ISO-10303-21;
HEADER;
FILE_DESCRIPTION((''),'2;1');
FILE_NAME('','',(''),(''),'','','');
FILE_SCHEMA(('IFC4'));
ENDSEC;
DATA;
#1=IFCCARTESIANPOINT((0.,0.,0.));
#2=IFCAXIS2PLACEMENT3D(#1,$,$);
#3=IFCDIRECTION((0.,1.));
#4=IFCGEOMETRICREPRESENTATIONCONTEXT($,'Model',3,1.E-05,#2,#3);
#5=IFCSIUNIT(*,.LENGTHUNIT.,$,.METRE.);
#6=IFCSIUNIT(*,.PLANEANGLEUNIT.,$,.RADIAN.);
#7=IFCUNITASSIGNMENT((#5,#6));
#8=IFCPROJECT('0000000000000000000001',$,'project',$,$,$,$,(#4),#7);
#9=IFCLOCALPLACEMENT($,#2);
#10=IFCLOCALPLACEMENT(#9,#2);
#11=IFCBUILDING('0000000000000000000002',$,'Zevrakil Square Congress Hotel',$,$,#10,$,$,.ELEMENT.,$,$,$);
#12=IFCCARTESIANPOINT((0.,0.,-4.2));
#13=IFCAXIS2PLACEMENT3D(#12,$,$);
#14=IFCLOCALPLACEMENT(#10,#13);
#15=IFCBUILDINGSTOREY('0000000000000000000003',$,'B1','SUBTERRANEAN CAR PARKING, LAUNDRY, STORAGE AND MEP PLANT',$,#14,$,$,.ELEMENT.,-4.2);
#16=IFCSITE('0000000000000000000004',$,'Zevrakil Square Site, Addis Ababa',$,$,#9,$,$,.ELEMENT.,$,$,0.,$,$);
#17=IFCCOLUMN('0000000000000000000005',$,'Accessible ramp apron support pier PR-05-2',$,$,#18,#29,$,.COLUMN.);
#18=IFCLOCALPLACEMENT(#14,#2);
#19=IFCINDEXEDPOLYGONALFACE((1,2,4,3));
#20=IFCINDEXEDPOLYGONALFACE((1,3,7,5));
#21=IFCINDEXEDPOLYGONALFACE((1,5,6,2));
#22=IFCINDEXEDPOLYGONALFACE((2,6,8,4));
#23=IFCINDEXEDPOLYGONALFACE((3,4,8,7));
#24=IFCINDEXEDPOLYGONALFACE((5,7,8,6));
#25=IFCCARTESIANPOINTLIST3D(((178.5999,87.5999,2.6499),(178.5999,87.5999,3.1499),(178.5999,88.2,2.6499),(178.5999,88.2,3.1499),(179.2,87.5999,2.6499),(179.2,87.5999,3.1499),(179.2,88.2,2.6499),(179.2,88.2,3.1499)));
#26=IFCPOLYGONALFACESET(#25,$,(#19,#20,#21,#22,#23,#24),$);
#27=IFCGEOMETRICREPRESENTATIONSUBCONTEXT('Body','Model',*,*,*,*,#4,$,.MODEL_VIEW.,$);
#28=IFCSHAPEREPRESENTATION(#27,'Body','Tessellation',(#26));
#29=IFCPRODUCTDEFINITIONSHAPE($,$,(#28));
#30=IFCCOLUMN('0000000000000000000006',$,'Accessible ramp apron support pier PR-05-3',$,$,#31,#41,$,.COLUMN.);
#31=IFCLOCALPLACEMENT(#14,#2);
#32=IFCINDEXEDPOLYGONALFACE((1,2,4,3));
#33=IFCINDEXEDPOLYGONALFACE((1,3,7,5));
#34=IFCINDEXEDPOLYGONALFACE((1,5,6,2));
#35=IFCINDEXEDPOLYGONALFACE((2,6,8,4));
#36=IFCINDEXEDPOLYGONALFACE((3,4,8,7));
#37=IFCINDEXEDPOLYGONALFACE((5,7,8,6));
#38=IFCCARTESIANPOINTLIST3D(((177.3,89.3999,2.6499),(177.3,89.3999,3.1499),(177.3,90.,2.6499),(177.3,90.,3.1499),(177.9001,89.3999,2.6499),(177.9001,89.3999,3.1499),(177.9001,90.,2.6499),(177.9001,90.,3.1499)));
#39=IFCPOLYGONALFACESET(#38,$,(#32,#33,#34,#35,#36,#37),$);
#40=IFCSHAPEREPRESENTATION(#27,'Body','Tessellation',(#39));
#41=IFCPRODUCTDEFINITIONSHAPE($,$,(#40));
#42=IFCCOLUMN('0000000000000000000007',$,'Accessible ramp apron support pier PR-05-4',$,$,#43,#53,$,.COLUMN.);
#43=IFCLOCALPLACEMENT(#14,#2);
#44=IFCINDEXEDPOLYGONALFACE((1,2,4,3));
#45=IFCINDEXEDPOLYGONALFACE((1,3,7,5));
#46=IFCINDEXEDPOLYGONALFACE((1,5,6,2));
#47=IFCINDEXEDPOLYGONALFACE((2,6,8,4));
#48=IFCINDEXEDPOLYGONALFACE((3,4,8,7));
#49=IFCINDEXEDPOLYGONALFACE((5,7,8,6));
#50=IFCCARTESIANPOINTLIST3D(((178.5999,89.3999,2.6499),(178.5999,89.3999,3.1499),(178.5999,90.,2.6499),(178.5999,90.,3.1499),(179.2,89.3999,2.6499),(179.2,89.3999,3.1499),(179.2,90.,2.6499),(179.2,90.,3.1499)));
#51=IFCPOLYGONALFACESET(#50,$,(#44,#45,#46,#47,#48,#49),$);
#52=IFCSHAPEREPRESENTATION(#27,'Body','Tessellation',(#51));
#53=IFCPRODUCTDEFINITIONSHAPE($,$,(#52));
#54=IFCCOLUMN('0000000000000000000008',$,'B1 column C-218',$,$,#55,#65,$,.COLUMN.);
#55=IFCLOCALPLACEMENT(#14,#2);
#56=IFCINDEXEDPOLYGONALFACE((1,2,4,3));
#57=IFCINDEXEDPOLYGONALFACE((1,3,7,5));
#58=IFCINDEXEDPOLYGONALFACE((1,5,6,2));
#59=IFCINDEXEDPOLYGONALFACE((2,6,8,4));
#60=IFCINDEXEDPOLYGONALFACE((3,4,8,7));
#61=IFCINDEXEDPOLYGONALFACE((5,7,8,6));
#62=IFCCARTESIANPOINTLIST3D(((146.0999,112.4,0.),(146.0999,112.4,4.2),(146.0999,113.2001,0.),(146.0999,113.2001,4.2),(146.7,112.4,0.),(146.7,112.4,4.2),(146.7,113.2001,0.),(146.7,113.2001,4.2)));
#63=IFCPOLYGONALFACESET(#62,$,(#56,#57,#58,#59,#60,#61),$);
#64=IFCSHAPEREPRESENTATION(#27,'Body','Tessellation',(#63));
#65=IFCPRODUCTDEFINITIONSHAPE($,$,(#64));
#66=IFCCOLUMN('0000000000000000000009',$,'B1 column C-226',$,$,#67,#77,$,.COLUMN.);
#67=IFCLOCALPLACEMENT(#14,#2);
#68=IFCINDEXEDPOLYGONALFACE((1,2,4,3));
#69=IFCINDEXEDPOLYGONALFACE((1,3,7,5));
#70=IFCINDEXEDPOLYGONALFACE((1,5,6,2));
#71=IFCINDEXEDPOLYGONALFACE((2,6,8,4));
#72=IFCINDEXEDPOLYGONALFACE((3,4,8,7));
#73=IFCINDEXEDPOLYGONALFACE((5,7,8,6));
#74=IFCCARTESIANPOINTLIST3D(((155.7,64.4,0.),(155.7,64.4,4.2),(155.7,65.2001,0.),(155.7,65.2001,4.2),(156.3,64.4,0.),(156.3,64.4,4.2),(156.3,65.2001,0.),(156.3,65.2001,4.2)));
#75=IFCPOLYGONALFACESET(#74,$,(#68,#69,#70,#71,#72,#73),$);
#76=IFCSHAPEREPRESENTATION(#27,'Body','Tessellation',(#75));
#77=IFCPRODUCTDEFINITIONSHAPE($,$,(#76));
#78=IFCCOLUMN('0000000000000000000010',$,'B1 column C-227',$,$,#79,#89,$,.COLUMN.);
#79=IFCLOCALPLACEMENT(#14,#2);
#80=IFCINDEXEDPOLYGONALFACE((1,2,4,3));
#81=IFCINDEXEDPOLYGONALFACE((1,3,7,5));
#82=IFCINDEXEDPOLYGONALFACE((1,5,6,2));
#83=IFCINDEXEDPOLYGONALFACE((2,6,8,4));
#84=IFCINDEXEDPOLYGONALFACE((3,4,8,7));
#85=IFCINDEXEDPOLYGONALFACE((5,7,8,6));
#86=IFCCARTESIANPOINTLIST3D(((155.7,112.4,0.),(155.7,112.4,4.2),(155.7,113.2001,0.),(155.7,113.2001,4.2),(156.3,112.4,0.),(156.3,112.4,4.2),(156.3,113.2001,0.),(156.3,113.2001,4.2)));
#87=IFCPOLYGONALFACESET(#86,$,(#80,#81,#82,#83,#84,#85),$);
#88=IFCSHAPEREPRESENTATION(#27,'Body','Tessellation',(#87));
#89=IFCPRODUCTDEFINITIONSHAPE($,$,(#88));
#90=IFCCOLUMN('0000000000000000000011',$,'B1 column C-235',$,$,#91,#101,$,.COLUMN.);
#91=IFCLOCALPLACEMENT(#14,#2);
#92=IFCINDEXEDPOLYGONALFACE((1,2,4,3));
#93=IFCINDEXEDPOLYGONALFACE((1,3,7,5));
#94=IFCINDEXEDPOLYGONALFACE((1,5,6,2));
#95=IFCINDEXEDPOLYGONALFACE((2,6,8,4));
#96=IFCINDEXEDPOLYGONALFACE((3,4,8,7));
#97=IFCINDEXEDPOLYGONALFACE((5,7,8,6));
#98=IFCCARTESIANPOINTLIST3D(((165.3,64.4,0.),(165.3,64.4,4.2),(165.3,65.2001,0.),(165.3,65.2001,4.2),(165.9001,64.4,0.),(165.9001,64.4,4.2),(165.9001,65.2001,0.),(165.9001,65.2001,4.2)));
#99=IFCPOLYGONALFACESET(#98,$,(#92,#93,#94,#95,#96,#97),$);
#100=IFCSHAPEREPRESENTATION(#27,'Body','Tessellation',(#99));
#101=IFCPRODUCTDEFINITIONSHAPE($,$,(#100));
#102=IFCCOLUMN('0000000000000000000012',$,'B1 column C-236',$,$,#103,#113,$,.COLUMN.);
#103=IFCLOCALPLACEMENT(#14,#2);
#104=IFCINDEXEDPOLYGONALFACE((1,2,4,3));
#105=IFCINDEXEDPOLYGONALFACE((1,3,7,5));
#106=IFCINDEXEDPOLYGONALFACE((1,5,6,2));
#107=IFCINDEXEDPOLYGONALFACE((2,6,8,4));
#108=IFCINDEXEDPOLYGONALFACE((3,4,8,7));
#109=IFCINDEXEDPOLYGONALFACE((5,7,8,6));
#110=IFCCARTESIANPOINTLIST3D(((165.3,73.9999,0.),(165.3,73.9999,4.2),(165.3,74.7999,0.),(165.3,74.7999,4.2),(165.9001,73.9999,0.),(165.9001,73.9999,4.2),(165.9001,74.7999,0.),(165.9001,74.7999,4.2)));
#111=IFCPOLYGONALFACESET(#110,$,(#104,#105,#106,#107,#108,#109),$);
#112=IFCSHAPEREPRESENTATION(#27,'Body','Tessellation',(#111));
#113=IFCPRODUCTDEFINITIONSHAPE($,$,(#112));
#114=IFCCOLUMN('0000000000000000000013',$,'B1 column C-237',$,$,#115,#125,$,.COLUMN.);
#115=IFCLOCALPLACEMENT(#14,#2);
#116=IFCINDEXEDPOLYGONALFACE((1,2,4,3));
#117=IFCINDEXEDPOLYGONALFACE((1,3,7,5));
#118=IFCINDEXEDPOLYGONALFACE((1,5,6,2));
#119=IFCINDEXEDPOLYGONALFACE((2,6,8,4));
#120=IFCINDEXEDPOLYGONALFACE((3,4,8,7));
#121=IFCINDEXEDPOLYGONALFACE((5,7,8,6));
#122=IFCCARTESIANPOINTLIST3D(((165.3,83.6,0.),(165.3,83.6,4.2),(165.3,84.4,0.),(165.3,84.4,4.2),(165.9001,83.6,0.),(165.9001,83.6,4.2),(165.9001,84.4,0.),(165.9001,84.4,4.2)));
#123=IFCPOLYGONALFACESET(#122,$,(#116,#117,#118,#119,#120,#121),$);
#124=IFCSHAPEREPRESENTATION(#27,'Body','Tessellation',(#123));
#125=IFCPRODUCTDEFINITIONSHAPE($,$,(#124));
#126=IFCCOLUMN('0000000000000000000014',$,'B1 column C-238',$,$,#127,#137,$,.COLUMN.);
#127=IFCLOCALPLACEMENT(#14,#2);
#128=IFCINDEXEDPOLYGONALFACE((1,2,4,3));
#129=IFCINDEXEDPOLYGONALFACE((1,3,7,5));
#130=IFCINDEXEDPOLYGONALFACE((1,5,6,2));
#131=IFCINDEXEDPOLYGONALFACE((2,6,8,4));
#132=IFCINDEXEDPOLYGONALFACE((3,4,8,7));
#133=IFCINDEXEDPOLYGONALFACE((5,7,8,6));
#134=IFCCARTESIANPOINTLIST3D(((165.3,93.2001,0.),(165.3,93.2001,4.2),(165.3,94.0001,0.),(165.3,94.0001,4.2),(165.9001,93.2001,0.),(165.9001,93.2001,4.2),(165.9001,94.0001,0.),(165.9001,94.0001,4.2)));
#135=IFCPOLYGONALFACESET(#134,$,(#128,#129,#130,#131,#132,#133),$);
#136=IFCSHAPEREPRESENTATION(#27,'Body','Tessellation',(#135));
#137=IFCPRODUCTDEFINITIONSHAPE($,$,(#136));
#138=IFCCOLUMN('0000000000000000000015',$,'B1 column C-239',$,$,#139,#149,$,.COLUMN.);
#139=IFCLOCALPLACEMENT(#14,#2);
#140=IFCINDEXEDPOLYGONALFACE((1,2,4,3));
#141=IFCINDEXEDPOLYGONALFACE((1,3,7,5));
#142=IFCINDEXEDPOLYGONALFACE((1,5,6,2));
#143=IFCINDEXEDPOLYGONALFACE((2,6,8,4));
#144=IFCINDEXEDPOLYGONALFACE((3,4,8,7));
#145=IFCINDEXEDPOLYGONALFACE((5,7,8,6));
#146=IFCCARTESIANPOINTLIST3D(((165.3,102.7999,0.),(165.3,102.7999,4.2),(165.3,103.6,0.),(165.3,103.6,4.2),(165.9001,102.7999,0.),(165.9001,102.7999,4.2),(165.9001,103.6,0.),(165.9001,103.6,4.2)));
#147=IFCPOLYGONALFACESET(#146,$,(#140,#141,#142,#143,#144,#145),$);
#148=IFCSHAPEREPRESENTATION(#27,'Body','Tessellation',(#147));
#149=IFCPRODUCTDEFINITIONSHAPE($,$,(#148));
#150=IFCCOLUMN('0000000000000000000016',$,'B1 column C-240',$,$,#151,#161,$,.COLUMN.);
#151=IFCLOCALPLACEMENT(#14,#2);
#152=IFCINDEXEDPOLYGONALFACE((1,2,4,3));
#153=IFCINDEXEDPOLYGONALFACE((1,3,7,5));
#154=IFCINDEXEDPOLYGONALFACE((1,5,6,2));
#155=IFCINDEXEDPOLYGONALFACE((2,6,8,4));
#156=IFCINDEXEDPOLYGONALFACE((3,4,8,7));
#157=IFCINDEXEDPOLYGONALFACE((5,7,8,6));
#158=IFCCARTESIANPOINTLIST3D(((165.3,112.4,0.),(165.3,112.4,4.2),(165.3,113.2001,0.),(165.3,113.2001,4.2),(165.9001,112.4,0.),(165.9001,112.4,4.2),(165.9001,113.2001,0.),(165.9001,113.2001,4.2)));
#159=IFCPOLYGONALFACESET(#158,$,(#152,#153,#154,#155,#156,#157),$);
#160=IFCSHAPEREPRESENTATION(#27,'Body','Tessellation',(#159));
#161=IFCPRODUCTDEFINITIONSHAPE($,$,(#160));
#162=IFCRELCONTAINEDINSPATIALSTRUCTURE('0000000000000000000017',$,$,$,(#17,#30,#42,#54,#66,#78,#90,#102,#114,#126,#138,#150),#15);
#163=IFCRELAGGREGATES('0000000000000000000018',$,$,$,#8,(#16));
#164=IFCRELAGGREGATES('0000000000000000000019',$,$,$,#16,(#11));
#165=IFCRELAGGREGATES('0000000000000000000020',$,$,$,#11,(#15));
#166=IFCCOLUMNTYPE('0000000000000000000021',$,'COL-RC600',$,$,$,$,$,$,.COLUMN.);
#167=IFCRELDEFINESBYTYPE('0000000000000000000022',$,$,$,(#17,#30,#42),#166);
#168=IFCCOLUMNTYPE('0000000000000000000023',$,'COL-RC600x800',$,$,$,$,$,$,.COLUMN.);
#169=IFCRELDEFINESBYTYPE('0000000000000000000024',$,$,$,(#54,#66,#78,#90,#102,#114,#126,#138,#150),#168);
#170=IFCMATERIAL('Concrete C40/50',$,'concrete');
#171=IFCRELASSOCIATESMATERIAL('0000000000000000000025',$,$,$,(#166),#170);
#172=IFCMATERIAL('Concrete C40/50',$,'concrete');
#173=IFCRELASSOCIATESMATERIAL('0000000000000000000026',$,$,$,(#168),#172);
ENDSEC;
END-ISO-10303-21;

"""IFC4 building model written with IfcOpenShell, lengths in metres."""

from ifc_helpers import new_model, si_unit, direction, frame, origin, origin_2d, place, context, subcontext, project, spatial, rectangle, extrude, material, material_profile, profile_set, type_object, element, save


model = new_model("IFC4")

# Units and contexts
model_context = context("Model", 3, precision=1e-05, world=origin(), true_north=direction((0.0, 1.0)))
body_context = subcontext(model_context, "Body", "Model", "MODEL_VIEW")
ifc_project = project(units=[si_unit("LENGTHUNIT", "METRE"), si_unit("PLANEANGLEUNIT", "RADIAN")], contexts=[model_context])

# Site, building, storey
site_placement = place(None, origin())
site = spatial("IfcSite", under=ifc_project, at=site_placement, Name="Zevrakil Square Site, Addis Ababa", CompositionType="ELEMENT", RefElevation=0.0)
building_placement = place(site_placement, origin())
building = spatial("IfcBuilding", under=site, at=building_placement, Name="Zevrakil Square Congress Hotel", CompositionType="ELEMENT")
storey_placement = place(building_placement, frame((0.0, 0.0, -4.2)))
storey = spatial("IfcBuildingStorey", under=building, at=storey_placement, Name="B1", Description="SUBTERRANEAN CAR PARKING, LAUNDRY, STORAGE AND MEP PLANT", CompositionType="ELEMENT", Elevation=-4.2)

# Columns
ifc_material_1 = material(Name="Concrete C40/50", Category="concrete")
ifc_material_profile_1 = material_profile(ifc_material_1, rectangle(XDim=0.6001, YDim=0.6001, at=origin_2d()), Name="RC 600x600")
ifc_profile_set_1 = profile_set([ifc_material_profile_1], Name="Concrete C40/50")
column_type_1 = type_object("IfcColumnType", Name="COL-RC600", PredefinedType="COLUMN", material=ifc_profile_set_1)
for number, where, z_axis, x_axis, name in (
    (1, (178.8999, 87.8999, 2.6499), (0.0, 0.0, 1.0), (1.0, 0.0, 0.0), "Accessible ramp apron support pier PR-05-2"),
    (2, (177.6001, 89.7, 2.6499), (0.0, 0.0, 1.0), (1.0, 0.0, 0.0), "Accessible ramp apron support pier PR-05-3"),
    (3, (178.8999, 89.7, 2.6499), (0.0, 0.0, 1.0), (1.0, 0.0, 0.0), "Accessible ramp apron support pier PR-05-4"),
):
    element("IfcColumn", number, at=place(storey_placement, frame(where, z_axis=z_axis, x_axis=x_axis)), inside=storey, type_object=column_type_1, Name=name, PredefinedType="COLUMN", context=body_context, shape_type="SweptSolid", body=[
        extrude(rectangle(XDim=0.6001, YDim=0.6001, at=origin_2d()), origin(), (0.0, 0.0, 1.0), 0.5),
    ])
ifc_material_2 = material(Name="Concrete C40/50", Category="concrete")
ifc_material_profile_2 = material_profile(ifc_material_2, rectangle(XDim=0.6001, YDim=0.8, at=origin_2d()), Name="RC 600x800")
ifc_profile_set_2 = profile_set([ifc_material_profile_2], Name="Concrete C40/50")
column_type_2 = type_object("IfcColumnType", Name="COL-RC600x800", PredefinedType="COLUMN", material=ifc_profile_set_2)
for number, where, z_axis, x_axis, name in (
    (4, (146.3999, 112.8, 0.0), (0.0, 0.0, 1.0), (1.0, 0.0, 0.0), "B1 column C-218"),
    (5, (156.0, 64.8, 0.0), (0.0, 0.0, 1.0), (1.0, 0.0, 0.0), "B1 column C-226"),
    (6, (156.0, 112.8, 0.0), (0.0, 0.0, 1.0), (1.0, 0.0, 0.0), "B1 column C-227"),
    (7, (165.6001, 64.8, 0.0), (0.0, 0.0, 1.0), (1.0, 0.0, 0.0), "B1 column C-235"),
    (8, (165.6001, 74.3999, 0.0), (0.0, 0.0, 1.0), (1.0, 0.0, 0.0), "B1 column C-236"),
    (9, (165.6001, 84.0, 0.0), (0.0, 0.0, 1.0), (1.0, 0.0, 0.0), "B1 column C-237"),
    (10, (165.6001, 93.6001, 0.0), (0.0, 0.0, 1.0), (1.0, 0.0, 0.0), "B1 column C-238"),
    (11, (165.6001, 103.2, 0.0), (0.0, 0.0, 1.0), (1.0, 0.0, 0.0), "B1 column C-239"),
    (12, (165.6001, 112.8, 0.0), (0.0, 0.0, 1.0), (1.0, 0.0, 0.0), "B1 column C-240"),
):
    element("IfcColumn", number, at=place(storey_placement, frame(where, z_axis=z_axis, x_axis=x_axis)), inside=storey, type_object=column_type_2, Name=name, PredefinedType="COLUMN", context=body_context, shape_type="SweptSolid", body=[
        extrude(rectangle(XDim=0.6001, YDim=0.8, at=origin_2d()), origin(), (0.0, 0.0, 1.0), 4.2),
    ])

save(model, "model.ifc")
